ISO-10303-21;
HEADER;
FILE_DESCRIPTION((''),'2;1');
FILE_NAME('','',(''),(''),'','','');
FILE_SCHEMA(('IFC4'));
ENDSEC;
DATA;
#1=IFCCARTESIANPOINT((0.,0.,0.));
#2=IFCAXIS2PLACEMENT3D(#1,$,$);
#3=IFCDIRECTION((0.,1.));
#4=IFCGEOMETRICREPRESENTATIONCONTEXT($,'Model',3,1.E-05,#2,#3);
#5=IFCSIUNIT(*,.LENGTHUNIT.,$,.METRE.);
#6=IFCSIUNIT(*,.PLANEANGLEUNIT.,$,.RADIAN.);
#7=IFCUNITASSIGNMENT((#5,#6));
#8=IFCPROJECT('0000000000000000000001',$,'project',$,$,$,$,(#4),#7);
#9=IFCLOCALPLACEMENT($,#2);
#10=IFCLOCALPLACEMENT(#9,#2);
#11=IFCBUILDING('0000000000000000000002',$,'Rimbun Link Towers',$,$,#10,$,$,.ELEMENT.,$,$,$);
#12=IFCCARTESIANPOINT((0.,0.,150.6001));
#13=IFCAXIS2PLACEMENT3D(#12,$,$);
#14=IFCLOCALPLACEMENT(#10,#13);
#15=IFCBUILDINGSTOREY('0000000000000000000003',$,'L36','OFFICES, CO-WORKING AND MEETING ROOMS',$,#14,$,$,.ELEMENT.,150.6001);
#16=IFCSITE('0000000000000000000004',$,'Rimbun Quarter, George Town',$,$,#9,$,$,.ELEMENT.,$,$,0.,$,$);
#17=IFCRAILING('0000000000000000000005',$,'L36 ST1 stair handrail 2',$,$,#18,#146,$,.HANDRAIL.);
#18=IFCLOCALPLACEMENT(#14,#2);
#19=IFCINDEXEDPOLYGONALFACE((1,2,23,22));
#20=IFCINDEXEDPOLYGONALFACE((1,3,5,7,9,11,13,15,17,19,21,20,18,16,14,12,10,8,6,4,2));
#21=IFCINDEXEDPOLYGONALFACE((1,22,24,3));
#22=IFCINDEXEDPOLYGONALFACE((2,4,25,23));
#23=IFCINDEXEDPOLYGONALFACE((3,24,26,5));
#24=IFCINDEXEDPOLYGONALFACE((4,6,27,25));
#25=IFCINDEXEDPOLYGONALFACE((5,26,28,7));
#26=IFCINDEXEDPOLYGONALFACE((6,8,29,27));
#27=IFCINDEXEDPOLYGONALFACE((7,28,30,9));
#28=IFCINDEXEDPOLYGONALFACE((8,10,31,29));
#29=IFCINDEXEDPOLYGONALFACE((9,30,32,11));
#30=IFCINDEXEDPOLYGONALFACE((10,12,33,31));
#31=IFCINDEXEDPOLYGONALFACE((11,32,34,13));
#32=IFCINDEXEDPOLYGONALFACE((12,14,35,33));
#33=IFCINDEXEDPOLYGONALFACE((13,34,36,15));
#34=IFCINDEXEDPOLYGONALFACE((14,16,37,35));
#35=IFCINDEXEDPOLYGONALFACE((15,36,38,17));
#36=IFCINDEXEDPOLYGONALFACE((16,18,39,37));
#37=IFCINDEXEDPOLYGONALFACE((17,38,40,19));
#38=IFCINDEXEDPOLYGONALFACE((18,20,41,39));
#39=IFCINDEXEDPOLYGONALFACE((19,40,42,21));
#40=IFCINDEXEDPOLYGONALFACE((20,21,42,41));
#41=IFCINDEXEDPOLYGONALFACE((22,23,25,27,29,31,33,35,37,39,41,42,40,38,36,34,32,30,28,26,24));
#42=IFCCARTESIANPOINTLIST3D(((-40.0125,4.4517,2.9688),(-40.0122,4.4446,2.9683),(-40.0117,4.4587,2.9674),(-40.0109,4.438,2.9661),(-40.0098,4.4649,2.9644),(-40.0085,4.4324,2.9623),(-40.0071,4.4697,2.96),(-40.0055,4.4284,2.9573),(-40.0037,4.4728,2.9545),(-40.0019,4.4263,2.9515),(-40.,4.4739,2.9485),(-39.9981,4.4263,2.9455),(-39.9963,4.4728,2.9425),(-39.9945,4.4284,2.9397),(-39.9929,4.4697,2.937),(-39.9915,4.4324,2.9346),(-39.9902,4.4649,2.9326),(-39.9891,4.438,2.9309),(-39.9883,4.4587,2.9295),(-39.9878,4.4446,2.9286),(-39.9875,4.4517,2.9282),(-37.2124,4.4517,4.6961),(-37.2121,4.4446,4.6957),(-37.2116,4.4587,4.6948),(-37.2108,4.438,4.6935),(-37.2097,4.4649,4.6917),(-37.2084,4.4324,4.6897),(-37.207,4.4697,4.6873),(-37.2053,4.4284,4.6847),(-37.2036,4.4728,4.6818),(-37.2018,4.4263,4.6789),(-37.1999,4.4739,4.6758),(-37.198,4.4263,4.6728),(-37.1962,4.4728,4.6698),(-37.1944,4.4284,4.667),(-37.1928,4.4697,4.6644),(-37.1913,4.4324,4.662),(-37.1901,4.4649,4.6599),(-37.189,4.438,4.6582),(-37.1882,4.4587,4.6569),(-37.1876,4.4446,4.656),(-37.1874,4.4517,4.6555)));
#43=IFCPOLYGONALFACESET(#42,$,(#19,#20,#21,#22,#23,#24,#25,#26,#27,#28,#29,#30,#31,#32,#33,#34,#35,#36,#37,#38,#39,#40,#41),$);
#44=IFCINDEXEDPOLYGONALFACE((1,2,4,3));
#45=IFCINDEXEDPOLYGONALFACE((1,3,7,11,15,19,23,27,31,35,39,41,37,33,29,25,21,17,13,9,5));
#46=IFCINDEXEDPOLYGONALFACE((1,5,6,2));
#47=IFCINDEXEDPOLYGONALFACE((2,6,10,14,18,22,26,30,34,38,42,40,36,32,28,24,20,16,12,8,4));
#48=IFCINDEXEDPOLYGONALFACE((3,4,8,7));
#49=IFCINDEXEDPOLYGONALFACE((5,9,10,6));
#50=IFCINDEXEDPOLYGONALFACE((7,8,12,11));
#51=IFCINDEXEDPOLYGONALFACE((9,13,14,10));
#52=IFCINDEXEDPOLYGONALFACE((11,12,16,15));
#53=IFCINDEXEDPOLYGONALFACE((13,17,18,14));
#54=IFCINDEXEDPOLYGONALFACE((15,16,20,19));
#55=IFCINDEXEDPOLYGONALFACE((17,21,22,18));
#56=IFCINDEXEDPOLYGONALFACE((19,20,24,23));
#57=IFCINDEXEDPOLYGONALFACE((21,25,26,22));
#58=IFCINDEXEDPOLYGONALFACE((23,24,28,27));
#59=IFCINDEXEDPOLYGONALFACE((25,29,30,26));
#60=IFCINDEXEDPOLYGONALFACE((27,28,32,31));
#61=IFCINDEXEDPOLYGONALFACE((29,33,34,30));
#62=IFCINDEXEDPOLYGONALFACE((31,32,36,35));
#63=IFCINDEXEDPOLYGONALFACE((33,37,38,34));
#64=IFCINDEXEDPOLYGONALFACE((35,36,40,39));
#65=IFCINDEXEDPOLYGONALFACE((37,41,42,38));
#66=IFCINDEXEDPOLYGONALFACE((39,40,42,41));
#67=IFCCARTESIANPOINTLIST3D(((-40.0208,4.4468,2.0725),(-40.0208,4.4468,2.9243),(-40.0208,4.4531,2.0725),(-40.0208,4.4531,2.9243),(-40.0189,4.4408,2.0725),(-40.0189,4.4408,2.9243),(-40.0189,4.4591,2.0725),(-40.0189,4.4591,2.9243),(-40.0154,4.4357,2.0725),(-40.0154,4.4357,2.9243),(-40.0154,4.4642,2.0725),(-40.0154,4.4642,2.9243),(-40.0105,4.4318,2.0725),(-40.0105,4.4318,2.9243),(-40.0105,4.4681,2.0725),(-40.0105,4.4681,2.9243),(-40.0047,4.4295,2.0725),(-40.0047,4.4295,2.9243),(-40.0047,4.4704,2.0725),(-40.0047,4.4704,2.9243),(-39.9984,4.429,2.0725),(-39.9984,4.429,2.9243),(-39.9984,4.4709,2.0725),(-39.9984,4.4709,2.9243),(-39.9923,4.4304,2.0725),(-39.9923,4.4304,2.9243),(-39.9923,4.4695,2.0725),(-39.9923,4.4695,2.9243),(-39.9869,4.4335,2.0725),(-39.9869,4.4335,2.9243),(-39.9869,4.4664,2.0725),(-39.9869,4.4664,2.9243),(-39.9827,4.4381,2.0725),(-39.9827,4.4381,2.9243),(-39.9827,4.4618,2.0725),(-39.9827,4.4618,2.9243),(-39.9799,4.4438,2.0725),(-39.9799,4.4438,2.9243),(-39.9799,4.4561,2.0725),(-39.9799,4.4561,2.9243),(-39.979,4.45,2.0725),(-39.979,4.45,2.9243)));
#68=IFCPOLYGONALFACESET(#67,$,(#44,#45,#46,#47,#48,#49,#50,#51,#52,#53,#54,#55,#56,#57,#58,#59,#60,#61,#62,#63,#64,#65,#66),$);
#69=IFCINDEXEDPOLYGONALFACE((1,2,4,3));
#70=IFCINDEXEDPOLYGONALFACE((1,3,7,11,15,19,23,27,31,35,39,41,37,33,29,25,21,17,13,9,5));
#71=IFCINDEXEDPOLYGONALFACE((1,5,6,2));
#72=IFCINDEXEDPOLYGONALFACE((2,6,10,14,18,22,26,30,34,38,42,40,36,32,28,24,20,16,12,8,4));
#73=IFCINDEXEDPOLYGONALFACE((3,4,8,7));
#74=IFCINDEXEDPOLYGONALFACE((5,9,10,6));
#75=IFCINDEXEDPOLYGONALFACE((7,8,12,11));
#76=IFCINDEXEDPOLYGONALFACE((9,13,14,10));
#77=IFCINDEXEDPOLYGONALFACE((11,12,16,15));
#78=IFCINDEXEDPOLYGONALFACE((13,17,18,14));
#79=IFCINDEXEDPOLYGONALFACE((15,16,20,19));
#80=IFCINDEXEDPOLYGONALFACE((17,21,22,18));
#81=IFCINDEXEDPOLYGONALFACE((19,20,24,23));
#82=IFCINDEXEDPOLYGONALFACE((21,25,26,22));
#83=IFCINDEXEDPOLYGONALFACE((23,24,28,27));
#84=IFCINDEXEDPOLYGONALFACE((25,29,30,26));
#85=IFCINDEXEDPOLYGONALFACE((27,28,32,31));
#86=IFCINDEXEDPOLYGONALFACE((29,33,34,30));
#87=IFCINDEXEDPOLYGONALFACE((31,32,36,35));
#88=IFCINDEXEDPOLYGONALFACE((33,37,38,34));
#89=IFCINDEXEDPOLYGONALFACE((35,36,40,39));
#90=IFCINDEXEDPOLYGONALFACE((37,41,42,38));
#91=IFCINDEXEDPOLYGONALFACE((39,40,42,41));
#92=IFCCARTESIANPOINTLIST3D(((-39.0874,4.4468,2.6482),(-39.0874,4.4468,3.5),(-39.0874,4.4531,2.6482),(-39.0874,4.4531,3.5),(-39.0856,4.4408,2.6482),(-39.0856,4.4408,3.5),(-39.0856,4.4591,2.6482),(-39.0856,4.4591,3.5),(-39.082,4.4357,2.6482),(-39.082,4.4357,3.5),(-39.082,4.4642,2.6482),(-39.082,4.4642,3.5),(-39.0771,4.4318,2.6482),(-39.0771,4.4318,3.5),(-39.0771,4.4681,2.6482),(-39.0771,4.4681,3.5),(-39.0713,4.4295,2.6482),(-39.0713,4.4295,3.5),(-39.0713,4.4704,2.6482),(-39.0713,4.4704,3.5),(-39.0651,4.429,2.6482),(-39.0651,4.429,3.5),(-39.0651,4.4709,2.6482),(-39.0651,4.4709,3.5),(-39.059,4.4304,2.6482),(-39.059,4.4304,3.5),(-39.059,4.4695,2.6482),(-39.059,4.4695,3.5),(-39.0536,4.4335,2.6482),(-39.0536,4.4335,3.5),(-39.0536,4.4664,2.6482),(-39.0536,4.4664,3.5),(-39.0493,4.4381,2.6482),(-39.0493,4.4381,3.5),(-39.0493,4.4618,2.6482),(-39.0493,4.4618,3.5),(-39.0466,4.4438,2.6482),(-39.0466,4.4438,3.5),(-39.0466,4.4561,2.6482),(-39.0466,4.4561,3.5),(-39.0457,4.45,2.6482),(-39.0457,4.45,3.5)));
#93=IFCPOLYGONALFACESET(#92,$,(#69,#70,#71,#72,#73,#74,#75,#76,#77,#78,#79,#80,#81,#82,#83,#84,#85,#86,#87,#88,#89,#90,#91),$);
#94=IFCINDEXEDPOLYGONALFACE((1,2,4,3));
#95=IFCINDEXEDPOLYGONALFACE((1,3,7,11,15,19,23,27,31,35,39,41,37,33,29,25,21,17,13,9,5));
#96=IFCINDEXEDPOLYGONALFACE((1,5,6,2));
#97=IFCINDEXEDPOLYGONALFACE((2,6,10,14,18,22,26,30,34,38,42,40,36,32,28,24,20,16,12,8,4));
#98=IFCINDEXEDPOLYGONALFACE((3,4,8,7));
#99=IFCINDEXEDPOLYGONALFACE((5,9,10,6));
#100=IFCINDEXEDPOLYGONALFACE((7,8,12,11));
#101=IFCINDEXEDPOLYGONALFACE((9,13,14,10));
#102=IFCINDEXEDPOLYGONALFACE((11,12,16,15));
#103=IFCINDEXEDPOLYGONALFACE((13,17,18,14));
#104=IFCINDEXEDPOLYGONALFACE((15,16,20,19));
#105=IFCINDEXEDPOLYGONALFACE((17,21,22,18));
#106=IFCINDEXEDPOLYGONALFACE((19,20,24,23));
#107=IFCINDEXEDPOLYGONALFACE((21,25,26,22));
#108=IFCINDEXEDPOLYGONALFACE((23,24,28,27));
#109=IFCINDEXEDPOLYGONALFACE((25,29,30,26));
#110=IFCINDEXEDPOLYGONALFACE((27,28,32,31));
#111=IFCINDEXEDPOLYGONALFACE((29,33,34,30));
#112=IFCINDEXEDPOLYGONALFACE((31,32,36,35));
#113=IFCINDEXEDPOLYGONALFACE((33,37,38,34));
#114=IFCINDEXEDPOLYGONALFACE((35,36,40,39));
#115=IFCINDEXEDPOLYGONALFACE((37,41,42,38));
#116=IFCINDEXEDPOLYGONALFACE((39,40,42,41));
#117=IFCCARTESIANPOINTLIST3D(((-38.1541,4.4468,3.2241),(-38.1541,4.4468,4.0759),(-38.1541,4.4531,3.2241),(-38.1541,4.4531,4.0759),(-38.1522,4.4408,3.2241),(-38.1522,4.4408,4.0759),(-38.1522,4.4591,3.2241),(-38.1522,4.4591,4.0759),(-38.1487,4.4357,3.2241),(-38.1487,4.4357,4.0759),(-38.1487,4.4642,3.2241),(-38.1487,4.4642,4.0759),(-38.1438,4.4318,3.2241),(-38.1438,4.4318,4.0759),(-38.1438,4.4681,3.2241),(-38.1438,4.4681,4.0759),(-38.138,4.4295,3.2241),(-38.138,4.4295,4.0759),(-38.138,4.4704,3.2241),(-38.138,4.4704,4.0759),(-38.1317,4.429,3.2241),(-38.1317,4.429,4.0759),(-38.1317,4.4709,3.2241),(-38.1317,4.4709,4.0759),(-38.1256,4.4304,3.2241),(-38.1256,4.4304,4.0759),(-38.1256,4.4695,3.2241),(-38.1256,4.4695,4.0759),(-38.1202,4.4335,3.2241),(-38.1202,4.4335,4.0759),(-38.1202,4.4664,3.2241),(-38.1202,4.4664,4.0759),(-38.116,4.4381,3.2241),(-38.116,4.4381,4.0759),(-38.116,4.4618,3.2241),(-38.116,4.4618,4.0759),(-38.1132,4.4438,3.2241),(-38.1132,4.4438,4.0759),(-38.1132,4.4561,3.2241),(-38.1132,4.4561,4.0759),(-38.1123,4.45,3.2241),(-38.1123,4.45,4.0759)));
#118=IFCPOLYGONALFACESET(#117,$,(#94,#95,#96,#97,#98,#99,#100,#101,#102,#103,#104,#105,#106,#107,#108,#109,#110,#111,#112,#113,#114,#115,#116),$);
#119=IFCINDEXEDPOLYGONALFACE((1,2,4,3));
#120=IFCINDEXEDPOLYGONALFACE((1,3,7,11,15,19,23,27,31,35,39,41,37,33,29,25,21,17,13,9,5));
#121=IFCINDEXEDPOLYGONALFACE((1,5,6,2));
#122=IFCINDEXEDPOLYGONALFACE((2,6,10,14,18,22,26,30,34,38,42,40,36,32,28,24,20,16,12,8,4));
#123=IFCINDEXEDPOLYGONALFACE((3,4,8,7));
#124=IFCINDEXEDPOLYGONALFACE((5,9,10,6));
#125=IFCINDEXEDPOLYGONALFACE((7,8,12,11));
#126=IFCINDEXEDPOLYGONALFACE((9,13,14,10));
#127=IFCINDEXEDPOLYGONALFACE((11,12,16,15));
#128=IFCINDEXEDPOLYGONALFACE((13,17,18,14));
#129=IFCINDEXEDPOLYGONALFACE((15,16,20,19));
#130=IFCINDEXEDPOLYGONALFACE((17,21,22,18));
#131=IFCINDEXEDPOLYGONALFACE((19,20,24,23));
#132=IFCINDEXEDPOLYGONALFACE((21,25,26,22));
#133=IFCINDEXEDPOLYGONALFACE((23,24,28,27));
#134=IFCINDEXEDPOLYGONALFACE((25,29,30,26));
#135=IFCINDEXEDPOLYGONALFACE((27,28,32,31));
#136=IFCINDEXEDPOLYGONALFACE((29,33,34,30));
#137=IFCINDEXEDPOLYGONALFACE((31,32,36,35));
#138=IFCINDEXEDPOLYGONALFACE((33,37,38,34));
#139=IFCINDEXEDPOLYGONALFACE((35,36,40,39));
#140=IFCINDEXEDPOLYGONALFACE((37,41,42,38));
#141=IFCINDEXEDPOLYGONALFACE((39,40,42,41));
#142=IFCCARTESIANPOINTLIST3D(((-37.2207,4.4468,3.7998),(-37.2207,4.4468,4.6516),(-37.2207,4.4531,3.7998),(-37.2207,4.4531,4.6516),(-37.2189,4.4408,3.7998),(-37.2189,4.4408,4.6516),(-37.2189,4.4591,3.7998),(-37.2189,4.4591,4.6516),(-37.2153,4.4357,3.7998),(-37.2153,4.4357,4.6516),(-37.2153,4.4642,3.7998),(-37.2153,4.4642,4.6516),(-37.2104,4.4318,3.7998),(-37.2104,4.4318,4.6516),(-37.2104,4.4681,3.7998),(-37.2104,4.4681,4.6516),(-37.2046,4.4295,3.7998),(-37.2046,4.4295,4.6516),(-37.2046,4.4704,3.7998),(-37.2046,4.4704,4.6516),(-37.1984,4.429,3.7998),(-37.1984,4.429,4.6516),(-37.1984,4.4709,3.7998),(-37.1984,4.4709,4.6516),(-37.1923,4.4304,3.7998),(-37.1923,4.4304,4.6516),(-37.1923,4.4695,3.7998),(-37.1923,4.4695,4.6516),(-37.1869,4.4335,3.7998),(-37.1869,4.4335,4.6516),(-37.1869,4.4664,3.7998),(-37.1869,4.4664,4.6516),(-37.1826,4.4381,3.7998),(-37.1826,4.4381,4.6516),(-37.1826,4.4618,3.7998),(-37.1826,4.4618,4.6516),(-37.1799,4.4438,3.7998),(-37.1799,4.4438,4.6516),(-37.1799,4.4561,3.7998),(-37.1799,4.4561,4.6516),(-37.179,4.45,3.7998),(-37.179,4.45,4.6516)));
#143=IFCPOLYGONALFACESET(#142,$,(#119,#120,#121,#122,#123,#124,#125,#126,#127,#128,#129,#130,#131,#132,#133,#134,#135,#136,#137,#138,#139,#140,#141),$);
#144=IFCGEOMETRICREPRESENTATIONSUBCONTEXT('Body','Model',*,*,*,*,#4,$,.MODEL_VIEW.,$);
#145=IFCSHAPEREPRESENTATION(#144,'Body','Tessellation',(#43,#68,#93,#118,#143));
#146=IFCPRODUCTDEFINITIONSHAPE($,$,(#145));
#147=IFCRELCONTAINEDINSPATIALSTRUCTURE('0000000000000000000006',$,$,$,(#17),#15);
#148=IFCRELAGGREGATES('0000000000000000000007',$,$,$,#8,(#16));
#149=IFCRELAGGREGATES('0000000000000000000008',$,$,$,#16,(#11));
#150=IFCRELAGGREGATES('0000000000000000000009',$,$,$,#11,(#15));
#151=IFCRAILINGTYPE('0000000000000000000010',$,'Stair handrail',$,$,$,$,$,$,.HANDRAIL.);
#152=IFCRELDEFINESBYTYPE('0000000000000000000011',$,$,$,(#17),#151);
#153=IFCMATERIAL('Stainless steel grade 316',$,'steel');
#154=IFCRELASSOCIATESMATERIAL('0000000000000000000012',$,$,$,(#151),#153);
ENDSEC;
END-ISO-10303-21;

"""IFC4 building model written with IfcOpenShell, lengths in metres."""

from ifc_helpers import new_model, si_unit, direction, frame, origin, origin_2d, place, context, subcontext, project, spatial, circle, extrude, material, type_object, element, save


model = new_model("IFC4")

# Units and contexts
model_context = context("Model", 3, precision=1e-05, world=origin(), true_north=direction((0.0, 1.0)))
body_context = subcontext(model_context, "Body", "Model", "MODEL_VIEW")
ifc_project = project(units=[si_unit("LENGTHUNIT", "METRE"), si_unit("PLANEANGLEUNIT", "RADIAN")], contexts=[model_context])

# Site, building, storey
site_placement = place(None, origin())
site = spatial("IfcSite", under=ifc_project, at=site_placement, Name="Rimbun Quarter, George Town", CompositionType="ELEMENT", RefElevation=0.0)
building_placement = place(site_placement, origin())
building = spatial("IfcBuilding", under=site, at=building_placement, Name="Rimbun Link Towers", CompositionType="ELEMENT")
storey_placement = place(building_placement, frame((0.0, 0.0, 150.6001)))
storey = spatial("IfcBuildingStorey", under=building, at=storey_placement, Name="L36", Description="OFFICES, CO-WORKING AND MEETING ROOMS", CompositionType="ELEMENT", Elevation=150.6001)

# Railing
ifc_material_1 = material(Name="Stainless steel grade 316", Category="steel")
railing_type_1 = type_object("IfcRailingType", Name="Stair handrail", PredefinedType="HANDRAIL", material=ifc_material_1)
railing_1_placement = place(storey_placement, frame((-40.0, 4.45, 2.0725)))
element("IfcRailing", 1, at=railing_1_placement, inside=storey, type_object=railing_type_1, Name="L36 ST1 stair handrail 2", PredefinedType="HANDRAIL", context=body_context, shape_type="SweptSolid", body=[
    extrude(circle(Radius=0.0239, at=origin_2d()), frame((0.0, 0.0, 0.876), z_axis=(0.85109, 0.0, 0.52502), x_axis=(0.0, 1.0, 0.0)), (0.0, 0.0, 1.0), 3.29),
    extrude(circle(Radius=0.021, at=origin_2d()), origin(), (0.0, 0.0, 1.0), 0.8518),
    extrude(circle(Radius=0.021, at=origin_2d()), frame((0.9333, 0.0, 0.5757)), (0.0, 0.0, 1.0), 0.8518),
    extrude(circle(Radius=0.021, at=origin_2d()), frame((1.8667, 0.0, 1.1516)), (0.0, 0.0, 1.0), 0.8518),
    extrude(circle(Radius=0.021, at=origin_2d()), frame((2.8, 0.0, 1.7273)), (0.0, 0.0, 1.0), 0.8518),
])

save(model, "model.ifc")
